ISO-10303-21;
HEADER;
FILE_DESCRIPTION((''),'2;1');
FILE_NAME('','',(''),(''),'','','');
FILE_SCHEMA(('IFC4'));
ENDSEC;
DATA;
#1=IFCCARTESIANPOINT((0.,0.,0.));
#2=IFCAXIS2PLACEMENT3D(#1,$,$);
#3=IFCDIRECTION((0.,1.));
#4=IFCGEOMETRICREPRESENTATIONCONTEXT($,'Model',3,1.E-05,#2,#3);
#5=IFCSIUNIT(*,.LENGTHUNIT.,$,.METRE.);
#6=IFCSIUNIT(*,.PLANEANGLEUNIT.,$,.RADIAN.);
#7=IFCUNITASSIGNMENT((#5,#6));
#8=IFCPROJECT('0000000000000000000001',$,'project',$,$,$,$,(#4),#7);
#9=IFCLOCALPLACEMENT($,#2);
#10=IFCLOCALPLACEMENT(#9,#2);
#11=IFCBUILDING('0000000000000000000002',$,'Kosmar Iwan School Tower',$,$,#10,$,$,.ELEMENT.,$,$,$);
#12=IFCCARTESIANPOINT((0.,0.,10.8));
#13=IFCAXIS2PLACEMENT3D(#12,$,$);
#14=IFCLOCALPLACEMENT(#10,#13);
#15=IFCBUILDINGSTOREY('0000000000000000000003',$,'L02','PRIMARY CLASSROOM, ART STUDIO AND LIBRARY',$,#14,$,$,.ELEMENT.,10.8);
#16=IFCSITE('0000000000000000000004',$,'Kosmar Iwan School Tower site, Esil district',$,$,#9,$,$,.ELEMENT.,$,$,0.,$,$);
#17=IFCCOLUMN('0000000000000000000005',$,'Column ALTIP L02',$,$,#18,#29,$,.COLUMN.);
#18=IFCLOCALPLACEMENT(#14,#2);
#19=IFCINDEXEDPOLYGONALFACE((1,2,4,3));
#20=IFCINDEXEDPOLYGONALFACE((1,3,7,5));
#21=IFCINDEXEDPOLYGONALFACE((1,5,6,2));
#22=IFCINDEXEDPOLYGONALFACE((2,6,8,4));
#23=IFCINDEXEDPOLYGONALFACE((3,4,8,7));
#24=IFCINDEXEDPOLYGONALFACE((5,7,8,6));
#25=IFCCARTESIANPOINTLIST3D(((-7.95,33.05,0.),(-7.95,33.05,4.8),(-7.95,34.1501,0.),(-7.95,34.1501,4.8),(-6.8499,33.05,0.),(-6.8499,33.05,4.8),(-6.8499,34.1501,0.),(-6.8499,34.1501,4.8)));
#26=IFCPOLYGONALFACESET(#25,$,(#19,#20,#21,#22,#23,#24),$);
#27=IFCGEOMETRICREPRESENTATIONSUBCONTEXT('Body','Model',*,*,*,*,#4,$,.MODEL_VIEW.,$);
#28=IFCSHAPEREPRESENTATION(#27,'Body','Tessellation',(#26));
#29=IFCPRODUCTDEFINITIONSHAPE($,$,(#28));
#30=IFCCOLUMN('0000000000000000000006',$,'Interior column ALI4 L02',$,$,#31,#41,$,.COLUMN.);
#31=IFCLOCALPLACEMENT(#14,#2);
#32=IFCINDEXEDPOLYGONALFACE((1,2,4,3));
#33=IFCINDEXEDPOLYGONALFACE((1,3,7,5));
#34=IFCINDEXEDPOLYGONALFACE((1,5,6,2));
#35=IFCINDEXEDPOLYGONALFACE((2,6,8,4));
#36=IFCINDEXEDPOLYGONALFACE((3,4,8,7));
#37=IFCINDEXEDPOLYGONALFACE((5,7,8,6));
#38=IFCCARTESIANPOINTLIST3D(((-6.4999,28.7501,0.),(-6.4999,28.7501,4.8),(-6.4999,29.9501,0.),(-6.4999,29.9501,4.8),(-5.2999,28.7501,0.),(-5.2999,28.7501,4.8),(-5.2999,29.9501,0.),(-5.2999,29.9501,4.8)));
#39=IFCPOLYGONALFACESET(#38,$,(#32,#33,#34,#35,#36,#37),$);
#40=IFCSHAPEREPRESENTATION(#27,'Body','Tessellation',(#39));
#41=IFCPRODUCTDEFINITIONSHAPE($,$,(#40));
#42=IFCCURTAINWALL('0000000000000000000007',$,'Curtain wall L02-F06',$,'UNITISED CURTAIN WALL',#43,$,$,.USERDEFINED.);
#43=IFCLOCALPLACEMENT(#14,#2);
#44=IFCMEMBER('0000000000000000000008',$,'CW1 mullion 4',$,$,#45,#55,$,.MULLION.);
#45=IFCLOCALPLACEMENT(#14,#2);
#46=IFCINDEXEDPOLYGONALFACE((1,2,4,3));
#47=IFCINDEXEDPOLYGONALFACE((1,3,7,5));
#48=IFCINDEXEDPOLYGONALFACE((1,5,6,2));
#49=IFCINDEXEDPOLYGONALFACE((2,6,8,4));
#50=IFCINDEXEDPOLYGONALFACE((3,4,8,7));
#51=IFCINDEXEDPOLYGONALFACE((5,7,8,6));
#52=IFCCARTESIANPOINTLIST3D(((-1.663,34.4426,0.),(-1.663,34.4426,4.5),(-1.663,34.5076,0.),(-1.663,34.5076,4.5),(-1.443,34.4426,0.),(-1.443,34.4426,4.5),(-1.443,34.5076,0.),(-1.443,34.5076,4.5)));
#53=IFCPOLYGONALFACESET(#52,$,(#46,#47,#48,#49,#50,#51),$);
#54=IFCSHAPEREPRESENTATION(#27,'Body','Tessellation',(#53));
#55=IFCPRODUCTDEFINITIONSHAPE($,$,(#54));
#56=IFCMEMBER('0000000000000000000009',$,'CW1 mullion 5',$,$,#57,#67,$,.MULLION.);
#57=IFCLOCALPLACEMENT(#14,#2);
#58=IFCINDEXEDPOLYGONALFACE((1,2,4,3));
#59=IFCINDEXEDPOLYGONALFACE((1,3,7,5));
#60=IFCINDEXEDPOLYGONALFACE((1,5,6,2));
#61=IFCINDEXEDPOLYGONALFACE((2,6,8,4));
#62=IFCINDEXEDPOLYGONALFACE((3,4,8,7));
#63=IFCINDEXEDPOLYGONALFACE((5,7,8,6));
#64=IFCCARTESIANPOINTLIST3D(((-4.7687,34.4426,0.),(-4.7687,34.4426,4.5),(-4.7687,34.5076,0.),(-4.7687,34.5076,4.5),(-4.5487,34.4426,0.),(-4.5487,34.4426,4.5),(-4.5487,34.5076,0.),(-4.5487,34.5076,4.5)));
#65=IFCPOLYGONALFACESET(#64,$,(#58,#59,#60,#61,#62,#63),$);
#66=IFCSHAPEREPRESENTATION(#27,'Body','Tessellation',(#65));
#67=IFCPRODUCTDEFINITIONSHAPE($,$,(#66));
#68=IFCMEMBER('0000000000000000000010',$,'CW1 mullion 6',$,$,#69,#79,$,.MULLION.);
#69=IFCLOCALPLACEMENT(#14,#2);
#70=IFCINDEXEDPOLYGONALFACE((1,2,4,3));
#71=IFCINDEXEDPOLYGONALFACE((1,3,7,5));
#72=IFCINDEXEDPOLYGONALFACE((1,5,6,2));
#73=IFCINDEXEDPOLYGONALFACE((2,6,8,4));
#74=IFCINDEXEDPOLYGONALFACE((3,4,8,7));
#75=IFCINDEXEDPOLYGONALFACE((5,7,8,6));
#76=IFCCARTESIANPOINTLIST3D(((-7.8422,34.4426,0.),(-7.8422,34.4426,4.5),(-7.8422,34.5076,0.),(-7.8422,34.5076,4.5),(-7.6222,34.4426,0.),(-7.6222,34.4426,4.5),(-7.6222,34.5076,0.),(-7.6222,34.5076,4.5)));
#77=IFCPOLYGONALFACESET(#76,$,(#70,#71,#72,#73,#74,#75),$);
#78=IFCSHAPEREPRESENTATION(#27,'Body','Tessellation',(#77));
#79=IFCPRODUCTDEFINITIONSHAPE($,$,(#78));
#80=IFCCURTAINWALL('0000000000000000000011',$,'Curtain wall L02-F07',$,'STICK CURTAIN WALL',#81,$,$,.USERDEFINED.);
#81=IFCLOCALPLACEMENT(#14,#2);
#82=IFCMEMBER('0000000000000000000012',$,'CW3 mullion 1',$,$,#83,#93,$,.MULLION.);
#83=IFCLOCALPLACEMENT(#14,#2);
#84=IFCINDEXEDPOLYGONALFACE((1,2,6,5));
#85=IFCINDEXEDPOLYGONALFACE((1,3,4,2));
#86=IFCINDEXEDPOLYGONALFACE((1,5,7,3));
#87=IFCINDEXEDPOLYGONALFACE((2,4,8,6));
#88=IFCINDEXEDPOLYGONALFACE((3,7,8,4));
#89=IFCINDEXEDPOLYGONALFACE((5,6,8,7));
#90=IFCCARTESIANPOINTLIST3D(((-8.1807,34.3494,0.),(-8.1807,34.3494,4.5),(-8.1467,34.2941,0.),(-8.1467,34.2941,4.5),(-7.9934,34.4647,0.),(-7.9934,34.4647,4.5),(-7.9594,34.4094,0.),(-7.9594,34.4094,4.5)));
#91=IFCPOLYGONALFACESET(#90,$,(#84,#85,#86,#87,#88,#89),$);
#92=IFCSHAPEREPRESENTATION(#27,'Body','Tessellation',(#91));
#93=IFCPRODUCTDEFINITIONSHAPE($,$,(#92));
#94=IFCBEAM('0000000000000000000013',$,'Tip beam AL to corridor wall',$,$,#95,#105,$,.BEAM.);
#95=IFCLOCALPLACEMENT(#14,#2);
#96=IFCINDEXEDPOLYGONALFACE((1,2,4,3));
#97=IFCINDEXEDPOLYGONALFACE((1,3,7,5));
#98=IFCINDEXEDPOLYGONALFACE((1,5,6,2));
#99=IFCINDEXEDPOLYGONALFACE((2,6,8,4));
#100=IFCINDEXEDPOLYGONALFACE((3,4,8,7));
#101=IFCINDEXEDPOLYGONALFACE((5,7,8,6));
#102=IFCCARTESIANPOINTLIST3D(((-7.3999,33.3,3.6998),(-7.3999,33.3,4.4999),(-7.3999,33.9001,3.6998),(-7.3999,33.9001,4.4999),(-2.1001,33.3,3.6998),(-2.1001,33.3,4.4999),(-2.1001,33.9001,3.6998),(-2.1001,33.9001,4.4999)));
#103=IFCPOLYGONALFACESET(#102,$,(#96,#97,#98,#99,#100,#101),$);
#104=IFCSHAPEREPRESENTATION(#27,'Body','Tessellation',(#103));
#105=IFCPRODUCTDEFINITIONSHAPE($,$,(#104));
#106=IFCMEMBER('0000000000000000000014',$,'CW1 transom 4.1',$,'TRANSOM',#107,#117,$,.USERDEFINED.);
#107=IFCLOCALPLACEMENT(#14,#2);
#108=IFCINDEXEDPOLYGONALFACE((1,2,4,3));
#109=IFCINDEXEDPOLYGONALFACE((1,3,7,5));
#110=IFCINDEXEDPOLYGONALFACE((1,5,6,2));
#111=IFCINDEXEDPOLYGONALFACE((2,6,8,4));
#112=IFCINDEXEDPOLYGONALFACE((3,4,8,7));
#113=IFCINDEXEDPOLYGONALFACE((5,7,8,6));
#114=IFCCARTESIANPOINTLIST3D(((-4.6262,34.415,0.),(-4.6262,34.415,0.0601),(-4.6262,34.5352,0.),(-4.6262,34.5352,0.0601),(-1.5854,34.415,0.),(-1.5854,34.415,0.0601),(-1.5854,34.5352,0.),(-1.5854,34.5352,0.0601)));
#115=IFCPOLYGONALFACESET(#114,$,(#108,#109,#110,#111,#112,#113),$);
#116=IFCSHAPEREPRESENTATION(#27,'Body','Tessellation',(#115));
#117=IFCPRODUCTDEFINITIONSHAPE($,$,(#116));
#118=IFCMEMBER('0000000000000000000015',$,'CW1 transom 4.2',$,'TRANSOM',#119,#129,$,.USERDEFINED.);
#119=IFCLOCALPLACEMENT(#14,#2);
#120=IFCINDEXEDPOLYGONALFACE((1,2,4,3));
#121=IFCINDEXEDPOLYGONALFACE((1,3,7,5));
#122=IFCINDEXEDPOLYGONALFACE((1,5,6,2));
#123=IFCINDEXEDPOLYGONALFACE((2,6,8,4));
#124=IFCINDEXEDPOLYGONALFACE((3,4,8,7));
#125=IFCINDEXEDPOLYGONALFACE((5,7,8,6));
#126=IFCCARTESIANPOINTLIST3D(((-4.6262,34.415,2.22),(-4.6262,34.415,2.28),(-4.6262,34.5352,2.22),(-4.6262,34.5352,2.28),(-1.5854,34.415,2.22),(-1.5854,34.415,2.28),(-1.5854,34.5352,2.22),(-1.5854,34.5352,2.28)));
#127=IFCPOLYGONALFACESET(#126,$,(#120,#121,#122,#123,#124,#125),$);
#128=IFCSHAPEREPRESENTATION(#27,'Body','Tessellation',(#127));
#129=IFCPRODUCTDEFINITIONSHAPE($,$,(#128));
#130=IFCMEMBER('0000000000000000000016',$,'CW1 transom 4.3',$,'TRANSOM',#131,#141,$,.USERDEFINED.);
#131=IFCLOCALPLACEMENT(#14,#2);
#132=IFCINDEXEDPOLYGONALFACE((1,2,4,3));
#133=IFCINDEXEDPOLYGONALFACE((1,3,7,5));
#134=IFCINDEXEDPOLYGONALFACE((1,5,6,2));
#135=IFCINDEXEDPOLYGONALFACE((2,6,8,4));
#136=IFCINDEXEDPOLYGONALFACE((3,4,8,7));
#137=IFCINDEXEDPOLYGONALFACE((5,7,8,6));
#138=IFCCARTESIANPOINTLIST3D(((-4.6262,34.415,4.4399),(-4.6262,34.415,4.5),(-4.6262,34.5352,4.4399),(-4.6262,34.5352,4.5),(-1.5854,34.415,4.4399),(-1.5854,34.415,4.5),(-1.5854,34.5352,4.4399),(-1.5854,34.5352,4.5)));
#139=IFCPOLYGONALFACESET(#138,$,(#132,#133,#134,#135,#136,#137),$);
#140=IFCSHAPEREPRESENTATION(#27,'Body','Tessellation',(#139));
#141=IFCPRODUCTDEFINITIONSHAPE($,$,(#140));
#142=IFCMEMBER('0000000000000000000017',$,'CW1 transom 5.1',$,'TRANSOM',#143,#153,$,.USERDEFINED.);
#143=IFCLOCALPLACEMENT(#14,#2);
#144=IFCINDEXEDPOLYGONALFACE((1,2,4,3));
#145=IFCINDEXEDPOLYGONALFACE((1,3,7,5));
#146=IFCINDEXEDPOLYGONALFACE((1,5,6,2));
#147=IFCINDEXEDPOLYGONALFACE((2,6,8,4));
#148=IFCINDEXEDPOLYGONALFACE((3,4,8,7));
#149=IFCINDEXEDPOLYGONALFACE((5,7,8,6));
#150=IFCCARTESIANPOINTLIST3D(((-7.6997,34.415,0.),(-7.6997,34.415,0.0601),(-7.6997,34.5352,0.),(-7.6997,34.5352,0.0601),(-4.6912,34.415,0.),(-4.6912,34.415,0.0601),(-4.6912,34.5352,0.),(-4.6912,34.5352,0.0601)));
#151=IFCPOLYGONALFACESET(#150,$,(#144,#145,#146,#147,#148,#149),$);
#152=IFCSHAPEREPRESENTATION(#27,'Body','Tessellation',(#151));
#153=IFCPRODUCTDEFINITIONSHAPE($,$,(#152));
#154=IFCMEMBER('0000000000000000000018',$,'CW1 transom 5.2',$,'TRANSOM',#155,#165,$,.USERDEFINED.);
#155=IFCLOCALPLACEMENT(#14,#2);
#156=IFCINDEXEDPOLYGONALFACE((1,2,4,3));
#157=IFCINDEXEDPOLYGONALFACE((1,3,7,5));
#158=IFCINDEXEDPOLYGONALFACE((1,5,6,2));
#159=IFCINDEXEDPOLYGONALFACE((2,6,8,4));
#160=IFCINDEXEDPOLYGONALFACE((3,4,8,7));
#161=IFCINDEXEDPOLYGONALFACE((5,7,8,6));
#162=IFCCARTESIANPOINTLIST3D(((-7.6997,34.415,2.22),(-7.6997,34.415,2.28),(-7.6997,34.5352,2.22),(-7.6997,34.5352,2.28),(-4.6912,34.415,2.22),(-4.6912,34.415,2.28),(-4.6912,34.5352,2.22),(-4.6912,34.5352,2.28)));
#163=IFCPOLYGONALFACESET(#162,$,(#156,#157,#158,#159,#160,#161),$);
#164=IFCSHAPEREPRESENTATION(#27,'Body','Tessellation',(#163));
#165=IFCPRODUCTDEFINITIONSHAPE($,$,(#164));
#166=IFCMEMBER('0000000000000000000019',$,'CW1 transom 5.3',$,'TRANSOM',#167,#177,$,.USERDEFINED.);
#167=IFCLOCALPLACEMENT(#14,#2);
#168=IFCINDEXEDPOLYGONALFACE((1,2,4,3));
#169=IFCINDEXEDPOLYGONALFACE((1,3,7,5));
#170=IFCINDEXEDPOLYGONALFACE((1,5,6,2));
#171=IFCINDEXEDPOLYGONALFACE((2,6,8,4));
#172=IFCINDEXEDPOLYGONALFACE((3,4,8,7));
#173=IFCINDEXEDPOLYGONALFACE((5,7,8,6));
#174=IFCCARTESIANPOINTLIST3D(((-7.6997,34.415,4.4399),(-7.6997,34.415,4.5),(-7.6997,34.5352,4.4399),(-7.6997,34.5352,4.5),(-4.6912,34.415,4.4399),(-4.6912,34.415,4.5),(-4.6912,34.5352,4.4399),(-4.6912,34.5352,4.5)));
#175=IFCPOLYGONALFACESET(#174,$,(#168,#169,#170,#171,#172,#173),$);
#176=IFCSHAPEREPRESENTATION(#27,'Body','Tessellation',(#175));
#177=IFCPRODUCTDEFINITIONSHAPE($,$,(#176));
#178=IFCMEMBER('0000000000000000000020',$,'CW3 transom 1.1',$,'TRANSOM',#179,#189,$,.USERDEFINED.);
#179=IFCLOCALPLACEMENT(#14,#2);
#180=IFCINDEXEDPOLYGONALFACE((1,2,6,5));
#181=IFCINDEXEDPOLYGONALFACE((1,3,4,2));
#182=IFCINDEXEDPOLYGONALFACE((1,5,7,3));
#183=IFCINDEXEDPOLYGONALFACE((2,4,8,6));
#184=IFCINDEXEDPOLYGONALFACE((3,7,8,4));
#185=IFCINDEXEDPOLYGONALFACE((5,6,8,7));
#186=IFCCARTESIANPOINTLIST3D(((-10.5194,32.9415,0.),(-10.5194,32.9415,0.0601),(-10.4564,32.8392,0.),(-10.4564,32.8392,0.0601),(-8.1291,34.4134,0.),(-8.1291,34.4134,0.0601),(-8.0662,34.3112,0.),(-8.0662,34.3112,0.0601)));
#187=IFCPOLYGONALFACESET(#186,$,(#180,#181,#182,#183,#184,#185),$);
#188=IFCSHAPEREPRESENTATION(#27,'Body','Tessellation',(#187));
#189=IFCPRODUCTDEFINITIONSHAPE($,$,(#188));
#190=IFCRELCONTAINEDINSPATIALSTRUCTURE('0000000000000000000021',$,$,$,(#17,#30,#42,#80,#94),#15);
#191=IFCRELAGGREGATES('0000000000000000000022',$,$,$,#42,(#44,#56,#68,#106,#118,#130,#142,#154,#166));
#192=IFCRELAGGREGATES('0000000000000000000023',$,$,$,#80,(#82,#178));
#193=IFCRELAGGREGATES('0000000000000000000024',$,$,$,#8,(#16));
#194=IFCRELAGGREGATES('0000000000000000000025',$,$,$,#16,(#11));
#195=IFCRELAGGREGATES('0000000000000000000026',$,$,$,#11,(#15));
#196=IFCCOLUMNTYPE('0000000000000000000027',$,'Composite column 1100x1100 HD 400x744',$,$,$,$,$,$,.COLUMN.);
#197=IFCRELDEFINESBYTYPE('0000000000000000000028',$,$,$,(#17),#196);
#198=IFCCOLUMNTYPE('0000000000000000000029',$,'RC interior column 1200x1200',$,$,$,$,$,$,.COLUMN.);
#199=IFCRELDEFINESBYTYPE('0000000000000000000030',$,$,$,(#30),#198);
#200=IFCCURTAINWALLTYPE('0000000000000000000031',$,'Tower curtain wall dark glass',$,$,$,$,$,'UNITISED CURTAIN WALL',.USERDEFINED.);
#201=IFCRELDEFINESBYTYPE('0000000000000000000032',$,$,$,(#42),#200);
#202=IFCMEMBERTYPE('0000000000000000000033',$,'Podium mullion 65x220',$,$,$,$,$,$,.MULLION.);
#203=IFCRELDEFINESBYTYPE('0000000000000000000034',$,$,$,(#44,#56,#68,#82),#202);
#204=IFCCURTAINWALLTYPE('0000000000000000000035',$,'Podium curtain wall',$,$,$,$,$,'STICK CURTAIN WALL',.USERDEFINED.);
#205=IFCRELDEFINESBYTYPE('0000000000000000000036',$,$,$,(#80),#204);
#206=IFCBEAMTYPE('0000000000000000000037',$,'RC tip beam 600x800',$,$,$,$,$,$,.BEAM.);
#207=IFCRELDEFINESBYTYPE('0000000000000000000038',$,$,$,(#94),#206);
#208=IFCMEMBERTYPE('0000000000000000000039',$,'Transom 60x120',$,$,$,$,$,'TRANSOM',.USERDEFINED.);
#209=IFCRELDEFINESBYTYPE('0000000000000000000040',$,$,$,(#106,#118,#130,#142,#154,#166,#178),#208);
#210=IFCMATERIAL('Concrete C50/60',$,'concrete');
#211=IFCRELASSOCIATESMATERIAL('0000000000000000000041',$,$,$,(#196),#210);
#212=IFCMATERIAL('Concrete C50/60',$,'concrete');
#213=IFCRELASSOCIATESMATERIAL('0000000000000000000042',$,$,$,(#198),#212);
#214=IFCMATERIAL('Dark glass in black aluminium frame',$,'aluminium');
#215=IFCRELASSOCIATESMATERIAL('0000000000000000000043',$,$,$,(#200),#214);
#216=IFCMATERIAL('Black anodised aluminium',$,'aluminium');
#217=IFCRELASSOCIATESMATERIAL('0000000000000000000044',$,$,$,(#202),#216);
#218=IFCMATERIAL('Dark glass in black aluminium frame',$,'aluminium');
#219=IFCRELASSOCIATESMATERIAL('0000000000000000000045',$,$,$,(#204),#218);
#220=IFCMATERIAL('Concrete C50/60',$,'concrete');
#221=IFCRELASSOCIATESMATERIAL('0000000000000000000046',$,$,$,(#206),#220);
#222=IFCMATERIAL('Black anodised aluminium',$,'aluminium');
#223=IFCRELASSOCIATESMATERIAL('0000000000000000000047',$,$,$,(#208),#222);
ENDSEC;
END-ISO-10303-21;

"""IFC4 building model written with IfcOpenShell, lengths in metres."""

from ifc_helpers import new_model, si_unit, direction, frame, origin, origin_2d, place, context, subcontext, project, spatial, rectangle, extrude, material, material_profile, profile_set, type_object, element, aggregate, save


model = new_model("IFC4")

# Units and contexts
model_context = context("Model", 3, precision=1e-05, world=origin(), true_north=direction((0.0, 1.0)))
body_context = subcontext(model_context, "Body", "Model", "MODEL_VIEW")
ifc_project = project(units=[si_unit("LENGTHUNIT", "METRE"), si_unit("PLANEANGLEUNIT", "RADIAN")], contexts=[model_context])

# Site, building, storey
site_placement = place(None, origin())
site = spatial("IfcSite", under=ifc_project, at=site_placement, Name="Kosmar Iwan School Tower site, Esil district", CompositionType="ELEMENT", RefElevation=0.0)
building_placement = place(site_placement, origin())
building = spatial("IfcBuilding", under=site, at=building_placement, Name="Kosmar Iwan School Tower", CompositionType="ELEMENT")
storey_placement = place(building_placement, frame((0.0, 0.0, 10.8)))
storey = spatial("IfcBuildingStorey", under=building, at=storey_placement, Name="L02", Description="PRIMARY CLASSROOM, ART STUDIO AND LIBRARY", CompositionType="ELEMENT", Elevation=10.8)

# Columns
ifc_material_1 = material(Name="Concrete C50/60", Category="concrete")
ifc_material_profile_1 = material_profile(ifc_material_1, rectangle(XDim=1.1001, YDim=1.1001, at=origin_2d()), Name="RC 1100x1100 + HD 400x744")
ifc_profile_set_1 = profile_set([ifc_material_profile_1], Name="Concrete C50/60")
column_type_1 = type_object("IfcColumnType", Name="Composite column 1100x1100 HD 400x744", PredefinedType="COLUMN", material=ifc_profile_set_1)
column_1_placement = place(storey_placement, frame((-7.3999, 33.6001, 0.0), z_axis=(0.0, 0.0, 1.0), x_axis=(0.0, 1.0, 0.0)))
element("IfcColumn", 1, at=column_1_placement, inside=storey, type_object=column_type_1, Name="Column ALTIP L02", PredefinedType="COLUMN", context=body_context, shape_type="SweptSolid", body=[
    extrude(rectangle(XDim=1.1001, YDim=1.1001, at=origin_2d()), origin(), (0.0, 0.0, 1.0), 4.8),
])
ifc_material_2 = material(Name="Concrete C50/60", Category="concrete")
ifc_material_profile_2 = material_profile(ifc_material_2, rectangle(XDim=1.2, YDim=1.2, at=origin_2d()), Name="RC 1200x1200")
ifc_profile_set_2 = profile_set([ifc_material_profile_2], Name="Concrete C50/60")
column_type_2 = type_object("IfcColumnType", Name="RC interior column 1200x1200", PredefinedType="COLUMN", material=ifc_profile_set_2)
column_2_placement = place(storey_placement, frame((-5.8999, 29.3501, 0.0), z_axis=(0.0, 0.0, 1.0), x_axis=(0.0, 1.0, 0.0)))
element("IfcColumn", 2, at=column_2_placement, inside=storey, type_object=column_type_2, Name="Interior column ALI4 L02", PredefinedType="COLUMN", context=body_context, shape_type="SweptSolid", body=[
    extrude(rectangle(XDim=1.2, YDim=1.2, at=origin_2d()), origin(), (0.0, 0.0, 1.0), 4.8),
])

# Curtain wall, members
ifc_material_3 = material(Name="Dark glass in black aluminium frame", Category="aluminium")
curtain_wall_type_1 = type_object("IfcCurtainWallType", Name="Tower curtain wall dark glass", ElementType="UNITISED CURTAIN WALL", PredefinedType="USERDEFINED", material=ifc_material_3)
curtain_wall_1_placement = place(storey_placement, origin())
curtain_wall_1 = element("IfcCurtainWall", 3, at=curtain_wall_1_placement, inside=storey, type_object=curtain_wall_type_1, Name="Curtain wall L02-F06", ObjectType="UNITISED CURTAIN WALL", PredefinedType="USERDEFINED")
ifc_material_4 = material(Name="Black anodised aluminium", Category="aluminium")
ifc_material_profile_3 = material_profile(ifc_material_4, rectangle(XDim=0.0649, YDim=0.22, at=origin_2d()), Name="MULLION 65x220")
ifc_profile_set_3 = profile_set([ifc_material_profile_3], Name="Black anodised aluminium")
member_type_1 = type_object("IfcMemberType", Name="Podium mullion 65x220", PredefinedType="MULLION", material=ifc_profile_set_3)
member_1_placement = place(storey_placement, frame((-1.553, 34.4751, 0.0), z_axis=(0.0, 0.0, 1.0), x_axis=(0.0, -1.0, 0.0)))
member_1 = element("IfcMember", 4, at=member_1_placement, type_object=member_type_1, Name="CW1 mullion 4", PredefinedType="MULLION", context=body_context, shape_type="SweptSolid", body=[
    extrude(rectangle(XDim=0.0649, YDim=0.22, at=origin_2d()), origin(), (0.0, 0.0, 1.0), 4.5),
])
member_2_placement = place(storey_placement, frame((-4.6587, 34.4751, 0.0), z_axis=(0.0, 0.0, 1.0), x_axis=(0.0, -1.0, 0.0)))
member_2 = element("IfcMember", 5, at=member_2_placement, type_object=member_type_1, Name="CW1 mullion 5", PredefinedType="MULLION", context=body_context, shape_type="SweptSolid", body=[
    extrude(rectangle(XDim=0.0649, YDim=0.22, at=origin_2d()), origin(), (0.0, 0.0, 1.0), 4.5),
])
member_3_placement = place(storey_placement, frame((-7.7322, 34.4751, 0.0), z_axis=(0.0, 0.0, 1.0), x_axis=(0.0, -1.0, 0.0)))
member_3 = element("IfcMember", 6, at=member_3_placement, type_object=member_type_1, Name="CW1 mullion 6", PredefinedType="MULLION", context=body_context, shape_type="SweptSolid", body=[
    extrude(rectangle(XDim=0.0649, YDim=0.22, at=origin_2d()), origin(), (0.0, 0.0, 1.0), 4.5),
])

# Curtain wall, member
ifc_material_5 = material(Name="Dark glass in black aluminium frame", Category="aluminium")
curtain_wall_type_2 = type_object("IfcCurtainWallType", Name="Podium curtain wall", ElementType="STICK CURTAIN WALL", PredefinedType="USERDEFINED", material=ifc_material_5)
curtain_wall_2_placement = place(storey_placement, origin())
curtain_wall_2 = element("IfcCurtainWall", 7, at=curtain_wall_2_placement, inside=storey, type_object=curtain_wall_type_2, Name="Curtain wall L02-F07", ObjectType="STICK CURTAIN WALL", PredefinedType="USERDEFINED")
member_4_placement = place(storey_placement, frame((-8.0701, 34.3794, 0.0), z_axis=(0.0, 0.0, 1.0), x_axis=(0.524382, -0.851483, 0.0)))
member_4 = element("IfcMember", 8, at=member_4_placement, type_object=member_type_1, Name="CW3 mullion 1", PredefinedType="MULLION", context=body_context, shape_type="SweptSolid", body=[
    extrude(rectangle(XDim=0.0649, YDim=0.22, at=origin_2d()), origin(), (0.0, 0.0, 1.0), 4.5),
])

# Beam
ifc_material_6 = material(Name="Concrete C50/60", Category="concrete")
ifc_material_profile_4 = material_profile(ifc_material_6, rectangle(XDim=0.6001, YDim=0.8, at=origin_2d()), Name="RC 600x800")
ifc_profile_set_4 = profile_set([ifc_material_profile_4], Name="Concrete C50/60")
beam_type = type_object("IfcBeamType", Name="RC tip beam 600x800", PredefinedType="BEAM", material=ifc_profile_set_4)
beam_placement = place(storey_placement, frame((-7.3999, 33.6001, 4.0999), z_axis=(1.0, 0.0, 0.0), x_axis=(0.0, 1.0, 0.0)))
element("IfcBeam", 9, at=beam_placement, inside=storey, type_object=beam_type, Name="Tip beam AL to corridor wall", PredefinedType="BEAM", context=body_context, shape_type="SweptSolid", body=[
    extrude(rectangle(XDim=0.6001, YDim=0.8, at=origin_2d()), origin(), (0.0, 0.0, 1.0), 5.2998),
])

# Members
ifc_material_7 = material(Name="Black anodised aluminium", Category="aluminium")
ifc_material_profile_5 = material_profile(ifc_material_7, rectangle(XDim=0.1201, YDim=0.0601, at=origin_2d()), Name="TRANSOM 60x120")
ifc_profile_set_5 = profile_set([ifc_material_profile_5], Name="Black anodised aluminium")
member_type_2 = type_object("IfcMemberType", Name="Transom 60x120", ElementType="TRANSOM", PredefinedType="USERDEFINED", material=ifc_profile_set_5)
member_5_placement = place(storey_placement, frame((-1.5854, 34.4751, 0.03), z_axis=(-1.0, 0.0, 0.0), x_axis=(0.0, -1.0, 0.0)))
member_5 = element("IfcMember", 10, at=member_5_placement, type_object=member_type_2, Name="CW1 transom 4.1", ObjectType="TRANSOM", PredefinedType="USERDEFINED", context=body_context, shape_type="SweptSolid", body=[
    extrude(rectangle(XDim=0.1201, YDim=0.0601, at=origin_2d()), origin(), (0.0, 0.0, 1.0), 3.0408),
])
member_6_placement = place(storey_placement, frame((-1.5854, 34.4751, 2.25), z_axis=(-1.0, 0.0, 0.0), x_axis=(0.0, -1.0, 0.0)))
member_6 = element("IfcMember", 11, at=member_6_placement, type_object=member_type_2, Name="CW1 transom 4.2", ObjectType="TRANSOM", PredefinedType="USERDEFINED", context=body_context, shape_type="SweptSolid", body=[
    extrude(rectangle(XDim=0.1201, YDim=0.0601, at=origin_2d()), origin(), (0.0, 0.0, 1.0), 3.0408),
])
member_7_placement = place(storey_placement, frame((-1.5854, 34.4751, 4.47), z_axis=(-1.0, 0.0, 0.0), x_axis=(0.0, -1.0, 0.0)))
member_7 = element("IfcMember", 12, at=member_7_placement, type_object=member_type_2, Name="CW1 transom 4.3", ObjectType="TRANSOM", PredefinedType="USERDEFINED", context=body_context, shape_type="SweptSolid", body=[
    extrude(rectangle(XDim=0.1201, YDim=0.0601, at=origin_2d()), origin(), (0.0, 0.0, 1.0), 3.0408),
])
member_8_placement = place(storey_placement, frame((-4.6912, 34.4751, 0.03), z_axis=(-1.0, 0.0, 0.0), x_axis=(0.0, -1.0, 0.0)))
member_8 = element("IfcMember", 13, at=member_8_placement, type_object=member_type_2, Name="CW1 transom 5.1", ObjectType="TRANSOM", PredefinedType="USERDEFINED", context=body_context, shape_type="SweptSolid", body=[
    extrude(rectangle(XDim=0.1201, YDim=0.0601, at=origin_2d()), origin(), (0.0, 0.0, 1.0), 3.0085),
])
member_9_placement = place(storey_placement, frame((-4.6912, 34.4751, 2.25), z_axis=(-1.0, 0.0, 0.0), x_axis=(0.0, -1.0, 0.0)))
member_9 = element("IfcMember", 14, at=member_9_placement, type_object=member_type_2, Name="CW1 transom 5.2", ObjectType="TRANSOM", PredefinedType="USERDEFINED", context=body_context, shape_type="SweptSolid", body=[
    extrude(rectangle(XDim=0.1201, YDim=0.0601, at=origin_2d()), origin(), (0.0, 0.0, 1.0), 3.0085),
])
member_10_placement = place(storey_placement, frame((-4.6912, 34.4751, 4.47), z_axis=(-1.0, 0.0, 0.0), x_axis=(0.0, -1.0, 0.0)))
member_10 = element("IfcMember", 15, at=member_10_placement, type_object=member_type_2, Name="CW1 transom 5.3", ObjectType="TRANSOM", PredefinedType="USERDEFINED", context=body_context, shape_type="SweptSolid", body=[
    extrude(rectangle(XDim=0.1201, YDim=0.0601, at=origin_2d()), origin(), (0.0, 0.0, 1.0), 3.0085),
])
member_11_placement = place(storey_placement, frame((-8.0977, 34.3623, 0.03), z_axis=(-0.851488, -0.524374, 0.0), x_axis=(0.524374, -0.851488, 0.0)))
member_11 = element("IfcMember", 16, at=member_11_placement, type_object=member_type_2, Name="CW3 transom 1.1", ObjectType="TRANSOM", PredefinedType="USERDEFINED", context=body_context, shape_type="SweptSolid", body=[
    extrude(rectangle(XDim=0.1201, YDim=0.0601, at=origin_2d()), origin(), (0.0, 0.0, 1.0), 2.8071),
])

aggregate(curtain_wall_1, [member_1, member_2, member_3, member_5, member_6, member_7, member_8, member_9, member_10])
aggregate(curtain_wall_2, [member_4, member_11])

save(model, "model.ifc")
